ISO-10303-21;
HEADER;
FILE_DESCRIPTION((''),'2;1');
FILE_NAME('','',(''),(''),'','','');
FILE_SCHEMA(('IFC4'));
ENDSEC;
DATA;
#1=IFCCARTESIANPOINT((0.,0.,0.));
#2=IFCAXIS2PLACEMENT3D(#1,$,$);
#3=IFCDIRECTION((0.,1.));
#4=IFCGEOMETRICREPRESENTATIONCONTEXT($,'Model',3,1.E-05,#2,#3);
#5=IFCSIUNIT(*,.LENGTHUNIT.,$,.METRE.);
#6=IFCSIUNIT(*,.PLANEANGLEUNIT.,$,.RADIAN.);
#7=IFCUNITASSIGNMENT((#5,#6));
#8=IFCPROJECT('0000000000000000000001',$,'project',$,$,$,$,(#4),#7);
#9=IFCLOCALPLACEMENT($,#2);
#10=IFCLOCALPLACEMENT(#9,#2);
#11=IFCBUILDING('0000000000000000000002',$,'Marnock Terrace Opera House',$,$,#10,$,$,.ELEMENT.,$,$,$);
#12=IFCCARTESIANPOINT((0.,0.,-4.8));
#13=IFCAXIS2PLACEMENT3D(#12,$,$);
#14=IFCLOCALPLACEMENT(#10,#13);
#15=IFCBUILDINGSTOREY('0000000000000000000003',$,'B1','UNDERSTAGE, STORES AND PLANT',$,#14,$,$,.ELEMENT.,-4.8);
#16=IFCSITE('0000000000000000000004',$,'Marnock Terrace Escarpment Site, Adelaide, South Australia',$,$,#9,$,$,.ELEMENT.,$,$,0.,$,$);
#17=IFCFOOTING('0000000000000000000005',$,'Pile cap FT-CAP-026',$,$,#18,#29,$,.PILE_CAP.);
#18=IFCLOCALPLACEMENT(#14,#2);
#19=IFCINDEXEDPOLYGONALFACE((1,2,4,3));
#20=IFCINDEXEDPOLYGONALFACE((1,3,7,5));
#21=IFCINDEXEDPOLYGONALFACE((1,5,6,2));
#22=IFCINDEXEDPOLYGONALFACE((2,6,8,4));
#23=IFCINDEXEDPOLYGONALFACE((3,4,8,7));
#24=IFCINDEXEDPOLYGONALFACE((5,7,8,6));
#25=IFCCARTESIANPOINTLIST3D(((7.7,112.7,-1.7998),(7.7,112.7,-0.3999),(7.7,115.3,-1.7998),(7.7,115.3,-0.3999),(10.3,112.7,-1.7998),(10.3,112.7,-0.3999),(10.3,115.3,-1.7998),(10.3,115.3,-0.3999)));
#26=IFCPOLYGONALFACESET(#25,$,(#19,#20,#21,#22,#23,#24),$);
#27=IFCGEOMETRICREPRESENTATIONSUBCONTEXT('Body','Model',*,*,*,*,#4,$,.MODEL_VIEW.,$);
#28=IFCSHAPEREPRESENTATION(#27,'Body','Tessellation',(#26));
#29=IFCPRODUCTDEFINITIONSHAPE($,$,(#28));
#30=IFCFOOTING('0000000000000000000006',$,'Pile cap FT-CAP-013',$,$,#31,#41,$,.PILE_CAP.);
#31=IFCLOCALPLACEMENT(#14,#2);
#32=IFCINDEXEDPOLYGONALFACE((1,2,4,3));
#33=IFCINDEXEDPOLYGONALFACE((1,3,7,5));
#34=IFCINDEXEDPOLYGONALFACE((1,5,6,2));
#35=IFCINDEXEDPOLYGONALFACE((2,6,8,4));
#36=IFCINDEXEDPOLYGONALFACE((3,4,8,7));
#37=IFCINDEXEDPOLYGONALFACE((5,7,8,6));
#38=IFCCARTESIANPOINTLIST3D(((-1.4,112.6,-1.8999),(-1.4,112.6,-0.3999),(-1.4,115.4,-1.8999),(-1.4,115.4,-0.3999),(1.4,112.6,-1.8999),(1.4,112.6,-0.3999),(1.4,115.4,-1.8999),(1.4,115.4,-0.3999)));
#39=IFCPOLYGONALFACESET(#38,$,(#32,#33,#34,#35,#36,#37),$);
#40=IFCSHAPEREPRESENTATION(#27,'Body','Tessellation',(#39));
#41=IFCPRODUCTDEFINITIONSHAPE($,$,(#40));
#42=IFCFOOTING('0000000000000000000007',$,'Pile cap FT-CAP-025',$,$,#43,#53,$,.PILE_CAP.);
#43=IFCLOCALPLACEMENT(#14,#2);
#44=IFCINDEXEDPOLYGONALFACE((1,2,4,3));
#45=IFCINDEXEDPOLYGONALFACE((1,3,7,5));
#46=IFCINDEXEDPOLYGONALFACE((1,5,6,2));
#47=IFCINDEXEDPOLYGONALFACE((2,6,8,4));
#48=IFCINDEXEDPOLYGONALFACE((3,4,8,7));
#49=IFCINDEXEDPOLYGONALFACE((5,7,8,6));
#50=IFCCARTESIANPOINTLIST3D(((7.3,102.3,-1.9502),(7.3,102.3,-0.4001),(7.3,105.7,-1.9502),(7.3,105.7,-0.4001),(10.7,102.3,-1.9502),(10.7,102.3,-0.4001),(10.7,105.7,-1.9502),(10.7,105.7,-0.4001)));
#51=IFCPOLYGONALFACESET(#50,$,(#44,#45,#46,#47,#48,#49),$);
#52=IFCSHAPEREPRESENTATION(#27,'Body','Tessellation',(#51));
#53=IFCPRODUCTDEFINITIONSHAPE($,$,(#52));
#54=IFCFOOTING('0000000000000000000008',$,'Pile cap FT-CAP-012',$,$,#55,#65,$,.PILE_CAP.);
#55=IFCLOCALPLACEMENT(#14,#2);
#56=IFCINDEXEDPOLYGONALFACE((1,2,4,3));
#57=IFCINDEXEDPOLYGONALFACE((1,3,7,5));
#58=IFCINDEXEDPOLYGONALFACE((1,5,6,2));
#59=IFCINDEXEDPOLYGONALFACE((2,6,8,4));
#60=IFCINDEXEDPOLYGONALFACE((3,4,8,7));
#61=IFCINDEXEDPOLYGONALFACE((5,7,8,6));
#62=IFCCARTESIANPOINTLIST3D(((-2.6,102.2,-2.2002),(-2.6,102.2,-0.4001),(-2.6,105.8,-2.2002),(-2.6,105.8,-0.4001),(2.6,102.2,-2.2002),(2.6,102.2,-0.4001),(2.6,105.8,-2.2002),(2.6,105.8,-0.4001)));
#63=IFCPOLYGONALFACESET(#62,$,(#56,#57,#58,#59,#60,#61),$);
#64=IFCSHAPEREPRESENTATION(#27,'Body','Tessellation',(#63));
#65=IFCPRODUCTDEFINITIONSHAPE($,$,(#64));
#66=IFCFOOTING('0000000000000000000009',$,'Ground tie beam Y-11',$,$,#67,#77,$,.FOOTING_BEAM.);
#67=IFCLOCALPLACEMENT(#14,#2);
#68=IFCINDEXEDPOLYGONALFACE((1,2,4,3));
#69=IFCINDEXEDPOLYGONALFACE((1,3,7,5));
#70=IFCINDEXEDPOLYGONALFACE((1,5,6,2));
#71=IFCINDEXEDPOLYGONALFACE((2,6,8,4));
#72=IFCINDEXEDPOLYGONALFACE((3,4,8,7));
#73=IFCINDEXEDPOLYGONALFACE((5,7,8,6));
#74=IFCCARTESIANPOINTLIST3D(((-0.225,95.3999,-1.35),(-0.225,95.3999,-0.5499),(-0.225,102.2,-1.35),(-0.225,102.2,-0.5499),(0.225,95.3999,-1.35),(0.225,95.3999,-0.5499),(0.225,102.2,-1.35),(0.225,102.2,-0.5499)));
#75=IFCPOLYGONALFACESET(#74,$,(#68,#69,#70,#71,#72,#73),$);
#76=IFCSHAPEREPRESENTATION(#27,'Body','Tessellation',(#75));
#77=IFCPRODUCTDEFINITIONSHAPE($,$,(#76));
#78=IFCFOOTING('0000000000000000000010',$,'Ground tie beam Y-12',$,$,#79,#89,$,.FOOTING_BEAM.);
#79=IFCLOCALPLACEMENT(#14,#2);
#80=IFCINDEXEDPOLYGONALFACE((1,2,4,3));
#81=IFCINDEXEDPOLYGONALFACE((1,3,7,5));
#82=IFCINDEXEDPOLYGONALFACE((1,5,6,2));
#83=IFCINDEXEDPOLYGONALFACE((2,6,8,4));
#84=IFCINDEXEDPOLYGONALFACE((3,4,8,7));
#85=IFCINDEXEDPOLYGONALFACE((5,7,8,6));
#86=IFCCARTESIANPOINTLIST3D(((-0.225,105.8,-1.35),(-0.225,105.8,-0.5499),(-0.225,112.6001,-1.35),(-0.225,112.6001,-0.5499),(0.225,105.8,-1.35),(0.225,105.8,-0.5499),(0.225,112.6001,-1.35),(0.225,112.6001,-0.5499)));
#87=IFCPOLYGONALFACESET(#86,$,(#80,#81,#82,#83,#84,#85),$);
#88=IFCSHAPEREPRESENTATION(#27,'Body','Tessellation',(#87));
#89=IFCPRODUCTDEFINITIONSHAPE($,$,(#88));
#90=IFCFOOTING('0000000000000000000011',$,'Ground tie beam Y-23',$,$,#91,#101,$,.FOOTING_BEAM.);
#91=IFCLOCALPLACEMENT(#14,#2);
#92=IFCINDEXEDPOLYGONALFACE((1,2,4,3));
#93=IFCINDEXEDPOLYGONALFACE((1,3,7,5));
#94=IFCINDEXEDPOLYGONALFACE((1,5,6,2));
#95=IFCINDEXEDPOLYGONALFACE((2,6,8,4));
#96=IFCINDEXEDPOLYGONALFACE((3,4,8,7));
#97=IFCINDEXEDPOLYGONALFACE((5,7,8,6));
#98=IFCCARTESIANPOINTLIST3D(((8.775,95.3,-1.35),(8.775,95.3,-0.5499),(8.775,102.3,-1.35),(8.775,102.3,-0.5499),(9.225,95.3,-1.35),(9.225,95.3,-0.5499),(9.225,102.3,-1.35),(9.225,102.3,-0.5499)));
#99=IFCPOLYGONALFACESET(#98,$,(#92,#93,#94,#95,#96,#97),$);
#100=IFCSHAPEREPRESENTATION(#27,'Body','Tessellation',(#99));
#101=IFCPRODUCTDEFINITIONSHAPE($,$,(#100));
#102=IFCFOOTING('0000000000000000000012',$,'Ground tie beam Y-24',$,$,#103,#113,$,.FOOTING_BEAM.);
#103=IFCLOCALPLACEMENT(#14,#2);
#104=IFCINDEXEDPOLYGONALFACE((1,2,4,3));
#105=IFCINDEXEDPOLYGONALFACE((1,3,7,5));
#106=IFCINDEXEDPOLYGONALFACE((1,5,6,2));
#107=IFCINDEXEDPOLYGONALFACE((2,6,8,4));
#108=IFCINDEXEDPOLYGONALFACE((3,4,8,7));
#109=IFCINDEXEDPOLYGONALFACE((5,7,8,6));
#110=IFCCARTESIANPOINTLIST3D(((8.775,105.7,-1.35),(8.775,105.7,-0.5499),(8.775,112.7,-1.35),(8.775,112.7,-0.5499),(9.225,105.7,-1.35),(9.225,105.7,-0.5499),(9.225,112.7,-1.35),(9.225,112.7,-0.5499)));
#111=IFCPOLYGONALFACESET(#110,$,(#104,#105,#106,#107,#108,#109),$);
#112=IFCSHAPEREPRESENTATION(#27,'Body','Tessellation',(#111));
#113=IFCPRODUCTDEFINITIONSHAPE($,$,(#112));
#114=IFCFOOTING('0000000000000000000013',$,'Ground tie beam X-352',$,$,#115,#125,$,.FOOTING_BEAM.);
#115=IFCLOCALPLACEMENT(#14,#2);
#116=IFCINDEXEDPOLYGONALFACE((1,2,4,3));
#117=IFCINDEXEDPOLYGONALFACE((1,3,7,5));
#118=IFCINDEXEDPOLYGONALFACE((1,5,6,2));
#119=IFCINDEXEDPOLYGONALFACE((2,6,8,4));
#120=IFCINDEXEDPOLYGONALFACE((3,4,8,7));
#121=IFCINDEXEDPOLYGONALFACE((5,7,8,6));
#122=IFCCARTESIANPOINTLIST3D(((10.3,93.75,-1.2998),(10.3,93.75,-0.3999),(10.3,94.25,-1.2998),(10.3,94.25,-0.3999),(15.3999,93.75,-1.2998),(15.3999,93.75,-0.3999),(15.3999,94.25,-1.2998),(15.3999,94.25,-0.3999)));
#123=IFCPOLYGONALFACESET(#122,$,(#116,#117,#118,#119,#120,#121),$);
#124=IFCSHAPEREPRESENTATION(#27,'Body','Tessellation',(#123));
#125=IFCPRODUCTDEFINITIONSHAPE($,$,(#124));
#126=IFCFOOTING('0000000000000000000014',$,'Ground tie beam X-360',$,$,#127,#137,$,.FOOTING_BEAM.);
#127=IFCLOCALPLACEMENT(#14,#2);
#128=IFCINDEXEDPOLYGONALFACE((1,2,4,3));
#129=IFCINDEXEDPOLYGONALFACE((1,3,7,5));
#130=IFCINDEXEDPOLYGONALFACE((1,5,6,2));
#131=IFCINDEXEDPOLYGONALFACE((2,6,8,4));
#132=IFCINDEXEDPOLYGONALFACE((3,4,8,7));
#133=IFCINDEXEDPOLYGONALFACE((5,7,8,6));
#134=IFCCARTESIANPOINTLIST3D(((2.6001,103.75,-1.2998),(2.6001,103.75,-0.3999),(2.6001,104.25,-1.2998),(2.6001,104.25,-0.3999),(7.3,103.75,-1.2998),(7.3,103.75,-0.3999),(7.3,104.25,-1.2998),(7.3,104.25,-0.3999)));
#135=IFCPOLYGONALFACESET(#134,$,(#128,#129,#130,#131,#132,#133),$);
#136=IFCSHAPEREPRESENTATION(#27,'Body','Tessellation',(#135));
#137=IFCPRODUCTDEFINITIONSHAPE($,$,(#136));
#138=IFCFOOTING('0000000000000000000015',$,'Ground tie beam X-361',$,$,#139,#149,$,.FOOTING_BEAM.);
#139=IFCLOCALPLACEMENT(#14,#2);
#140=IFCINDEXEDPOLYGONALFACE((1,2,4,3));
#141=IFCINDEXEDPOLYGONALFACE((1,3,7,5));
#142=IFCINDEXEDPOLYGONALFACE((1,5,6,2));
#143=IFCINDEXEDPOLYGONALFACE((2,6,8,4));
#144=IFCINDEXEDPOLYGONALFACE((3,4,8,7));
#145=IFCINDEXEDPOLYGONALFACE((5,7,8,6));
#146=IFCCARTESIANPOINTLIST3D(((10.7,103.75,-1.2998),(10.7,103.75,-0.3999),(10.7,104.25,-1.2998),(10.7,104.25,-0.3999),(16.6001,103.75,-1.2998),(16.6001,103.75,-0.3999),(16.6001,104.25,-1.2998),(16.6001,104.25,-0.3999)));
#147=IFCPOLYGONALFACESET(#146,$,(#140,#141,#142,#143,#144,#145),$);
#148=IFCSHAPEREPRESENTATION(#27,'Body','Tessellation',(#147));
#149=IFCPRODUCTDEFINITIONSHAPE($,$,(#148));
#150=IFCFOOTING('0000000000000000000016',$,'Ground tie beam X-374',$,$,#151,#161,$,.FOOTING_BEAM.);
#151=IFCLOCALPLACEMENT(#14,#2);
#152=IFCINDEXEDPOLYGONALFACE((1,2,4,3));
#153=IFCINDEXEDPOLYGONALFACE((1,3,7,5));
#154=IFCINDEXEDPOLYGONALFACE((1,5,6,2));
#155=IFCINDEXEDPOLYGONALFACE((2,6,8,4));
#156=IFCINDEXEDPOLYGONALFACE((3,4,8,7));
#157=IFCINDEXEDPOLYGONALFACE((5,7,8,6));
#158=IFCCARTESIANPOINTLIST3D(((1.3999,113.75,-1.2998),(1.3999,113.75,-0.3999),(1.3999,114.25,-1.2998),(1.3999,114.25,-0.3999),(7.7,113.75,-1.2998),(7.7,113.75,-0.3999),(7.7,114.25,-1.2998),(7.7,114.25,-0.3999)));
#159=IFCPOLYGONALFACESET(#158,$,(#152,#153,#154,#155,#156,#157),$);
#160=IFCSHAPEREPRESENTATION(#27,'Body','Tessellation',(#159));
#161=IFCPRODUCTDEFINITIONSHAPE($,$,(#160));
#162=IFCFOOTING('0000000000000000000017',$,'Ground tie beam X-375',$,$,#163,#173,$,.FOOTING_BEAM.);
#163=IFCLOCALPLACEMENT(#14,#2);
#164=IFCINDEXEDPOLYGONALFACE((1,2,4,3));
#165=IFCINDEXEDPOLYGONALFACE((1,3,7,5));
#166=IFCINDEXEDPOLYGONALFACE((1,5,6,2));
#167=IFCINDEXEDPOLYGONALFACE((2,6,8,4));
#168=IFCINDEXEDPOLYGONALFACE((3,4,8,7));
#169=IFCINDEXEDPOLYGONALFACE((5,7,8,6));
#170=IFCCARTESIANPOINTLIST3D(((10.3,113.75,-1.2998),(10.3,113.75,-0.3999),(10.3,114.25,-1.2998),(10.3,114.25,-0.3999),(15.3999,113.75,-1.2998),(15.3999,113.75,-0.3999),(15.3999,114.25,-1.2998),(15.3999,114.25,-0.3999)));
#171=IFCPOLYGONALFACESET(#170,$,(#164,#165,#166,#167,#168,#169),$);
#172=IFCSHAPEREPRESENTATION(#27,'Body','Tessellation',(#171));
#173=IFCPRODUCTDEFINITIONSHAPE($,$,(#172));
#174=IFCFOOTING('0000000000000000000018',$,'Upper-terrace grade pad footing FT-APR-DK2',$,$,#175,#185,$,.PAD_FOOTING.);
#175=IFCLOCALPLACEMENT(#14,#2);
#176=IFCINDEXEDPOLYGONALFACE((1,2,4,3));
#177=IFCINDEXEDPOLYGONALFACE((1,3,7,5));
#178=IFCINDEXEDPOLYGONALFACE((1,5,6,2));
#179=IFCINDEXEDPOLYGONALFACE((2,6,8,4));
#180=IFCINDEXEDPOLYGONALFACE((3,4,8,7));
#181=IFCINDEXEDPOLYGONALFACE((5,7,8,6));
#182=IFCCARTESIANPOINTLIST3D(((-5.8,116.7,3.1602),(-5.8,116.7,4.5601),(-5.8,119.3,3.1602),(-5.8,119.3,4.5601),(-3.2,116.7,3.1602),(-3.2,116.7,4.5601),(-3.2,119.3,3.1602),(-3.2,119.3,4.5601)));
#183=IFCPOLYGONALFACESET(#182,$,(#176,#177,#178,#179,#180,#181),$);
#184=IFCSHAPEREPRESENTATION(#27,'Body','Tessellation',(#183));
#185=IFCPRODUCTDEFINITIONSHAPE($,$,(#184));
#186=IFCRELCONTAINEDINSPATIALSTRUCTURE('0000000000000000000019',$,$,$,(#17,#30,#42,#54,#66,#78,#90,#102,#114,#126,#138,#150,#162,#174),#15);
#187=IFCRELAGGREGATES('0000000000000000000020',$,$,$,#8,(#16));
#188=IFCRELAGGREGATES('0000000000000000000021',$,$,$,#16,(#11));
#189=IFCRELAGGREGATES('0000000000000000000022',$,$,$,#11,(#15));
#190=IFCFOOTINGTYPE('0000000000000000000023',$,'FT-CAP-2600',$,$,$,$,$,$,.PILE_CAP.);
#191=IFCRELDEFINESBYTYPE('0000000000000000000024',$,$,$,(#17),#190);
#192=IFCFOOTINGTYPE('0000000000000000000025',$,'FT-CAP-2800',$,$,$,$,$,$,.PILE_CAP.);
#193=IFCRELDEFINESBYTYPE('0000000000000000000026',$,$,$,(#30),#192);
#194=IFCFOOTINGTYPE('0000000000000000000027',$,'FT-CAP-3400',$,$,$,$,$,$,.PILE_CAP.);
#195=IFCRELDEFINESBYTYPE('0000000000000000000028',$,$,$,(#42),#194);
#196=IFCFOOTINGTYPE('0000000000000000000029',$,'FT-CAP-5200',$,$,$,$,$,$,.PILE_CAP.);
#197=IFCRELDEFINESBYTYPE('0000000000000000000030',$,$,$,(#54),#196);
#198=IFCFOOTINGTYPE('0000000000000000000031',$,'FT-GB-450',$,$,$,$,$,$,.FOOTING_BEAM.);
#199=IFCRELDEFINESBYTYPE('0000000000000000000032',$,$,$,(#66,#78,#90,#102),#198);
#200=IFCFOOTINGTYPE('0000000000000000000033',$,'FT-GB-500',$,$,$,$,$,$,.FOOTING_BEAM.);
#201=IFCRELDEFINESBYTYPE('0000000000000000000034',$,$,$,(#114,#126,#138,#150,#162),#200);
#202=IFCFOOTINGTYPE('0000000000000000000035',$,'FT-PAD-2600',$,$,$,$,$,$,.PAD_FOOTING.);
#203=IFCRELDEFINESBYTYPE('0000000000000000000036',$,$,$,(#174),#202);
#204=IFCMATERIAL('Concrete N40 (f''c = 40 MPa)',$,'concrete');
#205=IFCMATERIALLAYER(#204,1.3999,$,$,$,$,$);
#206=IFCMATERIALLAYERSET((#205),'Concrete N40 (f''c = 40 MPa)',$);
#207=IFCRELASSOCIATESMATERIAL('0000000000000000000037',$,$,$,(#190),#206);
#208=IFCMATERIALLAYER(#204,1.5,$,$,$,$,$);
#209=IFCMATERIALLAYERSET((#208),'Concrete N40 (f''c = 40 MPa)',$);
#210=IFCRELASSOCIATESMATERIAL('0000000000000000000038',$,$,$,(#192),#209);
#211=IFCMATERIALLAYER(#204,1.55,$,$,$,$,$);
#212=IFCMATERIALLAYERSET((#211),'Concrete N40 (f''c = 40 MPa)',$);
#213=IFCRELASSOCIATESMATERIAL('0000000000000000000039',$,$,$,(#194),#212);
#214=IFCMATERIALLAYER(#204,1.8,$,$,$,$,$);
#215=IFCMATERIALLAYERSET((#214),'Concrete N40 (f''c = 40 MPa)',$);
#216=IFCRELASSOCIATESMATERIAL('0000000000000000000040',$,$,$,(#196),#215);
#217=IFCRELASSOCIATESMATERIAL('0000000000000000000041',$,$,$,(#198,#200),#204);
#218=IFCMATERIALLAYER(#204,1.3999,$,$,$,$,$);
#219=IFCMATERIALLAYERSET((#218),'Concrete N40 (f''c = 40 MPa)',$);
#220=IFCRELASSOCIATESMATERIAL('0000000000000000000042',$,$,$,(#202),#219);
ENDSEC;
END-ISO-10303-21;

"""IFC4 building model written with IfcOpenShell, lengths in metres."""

from ifc_helpers import new_model, si_unit, direction, frame, origin, origin_2d, place, context, subcontext, project, spatial, rectangle, extrude, material, layer, layer_set, material_profile, profile_set, type_object, element, save


model = new_model("IFC4")

# Units and contexts
model_context = context("Model", 3, precision=1e-05, world=origin(), true_north=direction((0.0, 1.0)))
body_context = subcontext(model_context, "Body", "Model", "MODEL_VIEW")
ifc_project = project(units=[si_unit("LENGTHUNIT", "METRE"), si_unit("PLANEANGLEUNIT", "RADIAN")], contexts=[model_context])

# Site, building, storey
site_placement = place(None, origin())
site = spatial("IfcSite", under=ifc_project, at=site_placement, Name="Marnock Terrace Escarpment Site, Adelaide, South Australia", CompositionType="ELEMENT", RefElevation=0.0)
building_placement = place(site_placement, origin())
building = spatial("IfcBuilding", under=site, at=building_placement, Name="Marnock Terrace Opera House", CompositionType="ELEMENT")
storey_placement = place(building_placement, frame((0.0, 0.0, -4.8)))
storey = spatial("IfcBuildingStorey", under=building, at=storey_placement, Name="B1", Description="UNDERSTAGE, STORES AND PLANT", CompositionType="ELEMENT", Elevation=-4.8)

# Footings
ifc_material_1 = material(Name="Concrete N40 (f'c = 40 MPa)", Category="concrete")
ifc_layer_1 = layer(ifc_material_1, 1.3999)
ifc_layer_set_1 = layer_set([ifc_layer_1], Name="Concrete N40 (f'c = 40 MPa)")
footing_type_1 = type_object("IfcFootingType", Name="FT-CAP-2600", PredefinedType="PILE_CAP", material=ifc_layer_set_1)
footing_1_placement = place(storey_placement, frame((9.0, 114.0, -1.7998), z_axis=(0.0, 0.0, 1.0), x_axis=(1.0, 0.0, 0.0)))
element("IfcFooting", 1, at=footing_1_placement, inside=storey, type_object=footing_type_1, Name="Pile cap FT-CAP-026", PredefinedType="PILE_CAP", context=body_context, shape_type="SweptSolid", body=[
    extrude(rectangle(XDim=2.6001, YDim=2.6001, at=origin_2d()), origin(), (0.0, 0.0, 1.0), 1.3999),
])
ifc_layer_2 = layer(ifc_material_1, 1.5)
ifc_layer_set_2 = layer_set([ifc_layer_2], Name="Concrete N40 (f'c = 40 MPa)")
footing_type_2 = type_object("IfcFootingType", Name="FT-CAP-2800", PredefinedType="PILE_CAP", material=ifc_layer_set_2)
footing_2_placement = place(storey_placement, frame((0.0, 114.0, -1.8999), z_axis=(0.0, 0.0, 1.0), x_axis=(1.0, 0.0, 0.0)))
element("IfcFooting", 2, at=footing_2_placement, inside=storey, type_object=footing_type_2, Name="Pile cap FT-CAP-013", PredefinedType="PILE_CAP", context=body_context, shape_type="SweptSolid", body=[
    extrude(rectangle(XDim=2.8, YDim=2.8, at=origin_2d()), origin(), (0.0, 0.0, 1.0), 1.5),
])
ifc_layer_3 = layer(ifc_material_1, 1.55)
ifc_layer_set_3 = layer_set([ifc_layer_3], Name="Concrete N40 (f'c = 40 MPa)")
footing_type_3 = type_object("IfcFootingType", Name="FT-CAP-3400", PredefinedType="PILE_CAP", material=ifc_layer_set_3)
footing_3_placement = place(storey_placement, frame((9.0, 104.0, -1.9502), z_axis=(0.0, 0.0, 1.0), x_axis=(1.0, 0.0, 0.0)))
element("IfcFooting", 3, at=footing_3_placement, inside=storey, type_object=footing_type_3, Name="Pile cap FT-CAP-025", PredefinedType="PILE_CAP", context=body_context, shape_type="SweptSolid", body=[
    extrude(rectangle(XDim=3.3999, YDim=3.3999, at=origin_2d()), origin(), (0.0, 0.0, 1.0), 1.55),
])
ifc_layer_4 = layer(ifc_material_1, 1.8)
ifc_layer_set_4 = layer_set([ifc_layer_4], Name="Concrete N40 (f'c = 40 MPa)")
footing_type_4 = type_object("IfcFootingType", Name="FT-CAP-5200", PredefinedType="PILE_CAP", material=ifc_layer_set_4)
footing_4_placement = place(storey_placement, frame((0.0, 104.0, -2.2002), z_axis=(0.0, 0.0, 1.0), x_axis=(1.0, 0.0, 0.0)))
element("IfcFooting", 4, at=footing_4_placement, inside=storey, type_object=footing_type_4, Name="Pile cap FT-CAP-012", PredefinedType="PILE_CAP", context=body_context, shape_type="SweptSolid", body=[
    extrude(rectangle(XDim=5.2, YDim=3.6001, at=origin_2d()), origin(), (0.0, 0.0, 1.0), 1.8),
])
ifc_material_profile_1 = material_profile(ifc_material_1, rectangle(XDim=0.45, YDim=0.8, at=origin_2d()))
ifc_profile_set_1 = profile_set([ifc_material_profile_1], Name="Concrete N40 (f'c = 40 MPa)")
footing_type_5 = type_object("IfcFootingType", Name="FT-GB-450", PredefinedType="FOOTING_BEAM", material=ifc_profile_set_1)
for number, where, z_axis, x_axis, name in (
    (5, (0.0, 95.3999, -0.95), (0.0, 1.0, 0.0), (-1.0, 0.0, 0.0), "Ground tie beam Y-11"),
    (6, (0.0, 105.8, -0.95), (0.0, 1.0, 0.0), (-1.0, 0.0, 0.0), "Ground tie beam Y-12"),
):
    element("IfcFooting", number, at=place(storey_placement, frame(where, z_axis=z_axis, x_axis=x_axis)), inside=storey, type_object=footing_type_5, Name=name, PredefinedType="FOOTING_BEAM", context=body_context, shape_type="SweptSolid", body=[
        extrude(rectangle(XDim=0.45, YDim=0.8, at=origin_2d()), origin(), (0.0, 0.0, 1.0), 6.8),
    ])
for number, where, z_axis, x_axis, name in (
    (7, (9.0, 95.3, -0.95), (0.0, 1.0, 0.0), (-1.0, 0.0, 0.0), "Ground tie beam Y-23"),
    (8, (9.0, 105.7, -0.95), (0.0, 1.0, 0.0), (-1.0, 0.0, 0.0), "Ground tie beam Y-24"),
):
    element("IfcFooting", number, at=place(storey_placement, frame(where, z_axis=z_axis, x_axis=x_axis)), inside=storey, type_object=footing_type_5, Name=name, PredefinedType="FOOTING_BEAM", context=body_context, shape_type="SweptSolid", body=[
        extrude(rectangle(XDim=0.45, YDim=0.8, at=origin_2d()), origin(), (0.0, 0.0, 1.0), 7.0),
    ])
ifc_material_profile_2 = material_profile(ifc_material_1, rectangle(XDim=0.5, YDim=0.8999, at=origin_2d()))
ifc_profile_set_2 = profile_set([ifc_material_profile_2], Name="Concrete N40 (f'c = 40 MPa)")
footing_type_6 = type_object("IfcFootingType", Name="FT-GB-500", PredefinedType="FOOTING_BEAM", material=ifc_profile_set_2)
footing_5_placement = place(storey_placement, frame((10.3, 94.0, -0.8499), z_axis=(1.0, 0.0, 0.0), x_axis=(0.0, 1.0, 0.0)))
element("IfcFooting", 9, at=footing_5_placement, inside=storey, type_object=footing_type_6, Name="Ground tie beam X-352", PredefinedType="FOOTING_BEAM", context=body_context, shape_type="SweptSolid", body=[
    extrude(rectangle(XDim=0.5, YDim=0.8999, at=origin_2d()), origin(), (0.0, 0.0, 1.0), 5.0999),
])
footing_6_placement = place(storey_placement, frame((2.6001, 104.0, -0.8499), z_axis=(1.0, 0.0, 0.0), x_axis=(0.0, 1.0, 0.0)))
element("IfcFooting", 10, at=footing_6_placement, inside=storey, type_object=footing_type_6, Name="Ground tie beam X-360", PredefinedType="FOOTING_BEAM", context=body_context, shape_type="SweptSolid", body=[
    extrude(rectangle(XDim=0.5, YDim=0.8999, at=origin_2d()), origin(), (0.0, 0.0, 1.0), 4.7),
])
footing_7_placement = place(storey_placement, frame((10.7, 104.0, -0.8499), z_axis=(1.0, 0.0, 0.0), x_axis=(0.0, 1.0, 0.0)))
element("IfcFooting", 11, at=footing_7_placement, inside=storey, type_object=footing_type_6, Name="Ground tie beam X-361", PredefinedType="FOOTING_BEAM", context=body_context, shape_type="SweptSolid", body=[
    extrude(rectangle(XDim=0.5, YDim=0.8999, at=origin_2d()), origin(), (0.0, 0.0, 1.0), 5.9001),
])
footing_8_placement = place(storey_placement, frame((1.3999, 114.0, -0.8499), z_axis=(1.0, 0.0, 0.0), x_axis=(0.0, 1.0, 0.0)))
element("IfcFooting", 12, at=footing_8_placement, inside=storey, type_object=footing_type_6, Name="Ground tie beam X-374", PredefinedType="FOOTING_BEAM", context=body_context, shape_type="SweptSolid", body=[
    extrude(rectangle(XDim=0.5, YDim=0.8999, at=origin_2d()), origin(), (0.0, 0.0, 1.0), 6.3),
])
footing_9_placement = place(storey_placement, frame((10.3, 114.0, -0.8499), z_axis=(1.0, 0.0, 0.0), x_axis=(0.0, 1.0, 0.0)))
element("IfcFooting", 13, at=footing_9_placement, inside=storey, type_object=footing_type_6, Name="Ground tie beam X-375", PredefinedType="FOOTING_BEAM", context=body_context, shape_type="SweptSolid", body=[
    extrude(rectangle(XDim=0.5, YDim=0.8999, at=origin_2d()), origin(), (0.0, 0.0, 1.0), 5.0999),
])
ifc_layer_5 = layer(ifc_material_1, 1.3999)
ifc_layer_set_5 = layer_set([ifc_layer_5], Name="Concrete N40 (f'c = 40 MPa)")
footing_type_7 = type_object("IfcFootingType", Name="FT-PAD-2600", PredefinedType="PAD_FOOTING", material=ifc_layer_set_5)
footing_10_placement = place(storey_placement, frame((-4.5, 118.0, 3.1602), z_axis=(0.0, 0.0, 1.0), x_axis=(1.0, 0.0, 0.0)))
element("IfcFooting", 14, at=footing_10_placement, inside=storey, type_object=footing_type_7, Name="Upper-terrace grade pad footing FT-APR-DK2", PredefinedType="PAD_FOOTING", context=body_context, shape_type="SweptSolid", body=[
    extrude(rectangle(XDim=2.6001, YDim=2.6001, at=origin_2d()), origin(), (0.0, 0.0, 1.0), 1.3999),
])

save(model, "model.ifc")
